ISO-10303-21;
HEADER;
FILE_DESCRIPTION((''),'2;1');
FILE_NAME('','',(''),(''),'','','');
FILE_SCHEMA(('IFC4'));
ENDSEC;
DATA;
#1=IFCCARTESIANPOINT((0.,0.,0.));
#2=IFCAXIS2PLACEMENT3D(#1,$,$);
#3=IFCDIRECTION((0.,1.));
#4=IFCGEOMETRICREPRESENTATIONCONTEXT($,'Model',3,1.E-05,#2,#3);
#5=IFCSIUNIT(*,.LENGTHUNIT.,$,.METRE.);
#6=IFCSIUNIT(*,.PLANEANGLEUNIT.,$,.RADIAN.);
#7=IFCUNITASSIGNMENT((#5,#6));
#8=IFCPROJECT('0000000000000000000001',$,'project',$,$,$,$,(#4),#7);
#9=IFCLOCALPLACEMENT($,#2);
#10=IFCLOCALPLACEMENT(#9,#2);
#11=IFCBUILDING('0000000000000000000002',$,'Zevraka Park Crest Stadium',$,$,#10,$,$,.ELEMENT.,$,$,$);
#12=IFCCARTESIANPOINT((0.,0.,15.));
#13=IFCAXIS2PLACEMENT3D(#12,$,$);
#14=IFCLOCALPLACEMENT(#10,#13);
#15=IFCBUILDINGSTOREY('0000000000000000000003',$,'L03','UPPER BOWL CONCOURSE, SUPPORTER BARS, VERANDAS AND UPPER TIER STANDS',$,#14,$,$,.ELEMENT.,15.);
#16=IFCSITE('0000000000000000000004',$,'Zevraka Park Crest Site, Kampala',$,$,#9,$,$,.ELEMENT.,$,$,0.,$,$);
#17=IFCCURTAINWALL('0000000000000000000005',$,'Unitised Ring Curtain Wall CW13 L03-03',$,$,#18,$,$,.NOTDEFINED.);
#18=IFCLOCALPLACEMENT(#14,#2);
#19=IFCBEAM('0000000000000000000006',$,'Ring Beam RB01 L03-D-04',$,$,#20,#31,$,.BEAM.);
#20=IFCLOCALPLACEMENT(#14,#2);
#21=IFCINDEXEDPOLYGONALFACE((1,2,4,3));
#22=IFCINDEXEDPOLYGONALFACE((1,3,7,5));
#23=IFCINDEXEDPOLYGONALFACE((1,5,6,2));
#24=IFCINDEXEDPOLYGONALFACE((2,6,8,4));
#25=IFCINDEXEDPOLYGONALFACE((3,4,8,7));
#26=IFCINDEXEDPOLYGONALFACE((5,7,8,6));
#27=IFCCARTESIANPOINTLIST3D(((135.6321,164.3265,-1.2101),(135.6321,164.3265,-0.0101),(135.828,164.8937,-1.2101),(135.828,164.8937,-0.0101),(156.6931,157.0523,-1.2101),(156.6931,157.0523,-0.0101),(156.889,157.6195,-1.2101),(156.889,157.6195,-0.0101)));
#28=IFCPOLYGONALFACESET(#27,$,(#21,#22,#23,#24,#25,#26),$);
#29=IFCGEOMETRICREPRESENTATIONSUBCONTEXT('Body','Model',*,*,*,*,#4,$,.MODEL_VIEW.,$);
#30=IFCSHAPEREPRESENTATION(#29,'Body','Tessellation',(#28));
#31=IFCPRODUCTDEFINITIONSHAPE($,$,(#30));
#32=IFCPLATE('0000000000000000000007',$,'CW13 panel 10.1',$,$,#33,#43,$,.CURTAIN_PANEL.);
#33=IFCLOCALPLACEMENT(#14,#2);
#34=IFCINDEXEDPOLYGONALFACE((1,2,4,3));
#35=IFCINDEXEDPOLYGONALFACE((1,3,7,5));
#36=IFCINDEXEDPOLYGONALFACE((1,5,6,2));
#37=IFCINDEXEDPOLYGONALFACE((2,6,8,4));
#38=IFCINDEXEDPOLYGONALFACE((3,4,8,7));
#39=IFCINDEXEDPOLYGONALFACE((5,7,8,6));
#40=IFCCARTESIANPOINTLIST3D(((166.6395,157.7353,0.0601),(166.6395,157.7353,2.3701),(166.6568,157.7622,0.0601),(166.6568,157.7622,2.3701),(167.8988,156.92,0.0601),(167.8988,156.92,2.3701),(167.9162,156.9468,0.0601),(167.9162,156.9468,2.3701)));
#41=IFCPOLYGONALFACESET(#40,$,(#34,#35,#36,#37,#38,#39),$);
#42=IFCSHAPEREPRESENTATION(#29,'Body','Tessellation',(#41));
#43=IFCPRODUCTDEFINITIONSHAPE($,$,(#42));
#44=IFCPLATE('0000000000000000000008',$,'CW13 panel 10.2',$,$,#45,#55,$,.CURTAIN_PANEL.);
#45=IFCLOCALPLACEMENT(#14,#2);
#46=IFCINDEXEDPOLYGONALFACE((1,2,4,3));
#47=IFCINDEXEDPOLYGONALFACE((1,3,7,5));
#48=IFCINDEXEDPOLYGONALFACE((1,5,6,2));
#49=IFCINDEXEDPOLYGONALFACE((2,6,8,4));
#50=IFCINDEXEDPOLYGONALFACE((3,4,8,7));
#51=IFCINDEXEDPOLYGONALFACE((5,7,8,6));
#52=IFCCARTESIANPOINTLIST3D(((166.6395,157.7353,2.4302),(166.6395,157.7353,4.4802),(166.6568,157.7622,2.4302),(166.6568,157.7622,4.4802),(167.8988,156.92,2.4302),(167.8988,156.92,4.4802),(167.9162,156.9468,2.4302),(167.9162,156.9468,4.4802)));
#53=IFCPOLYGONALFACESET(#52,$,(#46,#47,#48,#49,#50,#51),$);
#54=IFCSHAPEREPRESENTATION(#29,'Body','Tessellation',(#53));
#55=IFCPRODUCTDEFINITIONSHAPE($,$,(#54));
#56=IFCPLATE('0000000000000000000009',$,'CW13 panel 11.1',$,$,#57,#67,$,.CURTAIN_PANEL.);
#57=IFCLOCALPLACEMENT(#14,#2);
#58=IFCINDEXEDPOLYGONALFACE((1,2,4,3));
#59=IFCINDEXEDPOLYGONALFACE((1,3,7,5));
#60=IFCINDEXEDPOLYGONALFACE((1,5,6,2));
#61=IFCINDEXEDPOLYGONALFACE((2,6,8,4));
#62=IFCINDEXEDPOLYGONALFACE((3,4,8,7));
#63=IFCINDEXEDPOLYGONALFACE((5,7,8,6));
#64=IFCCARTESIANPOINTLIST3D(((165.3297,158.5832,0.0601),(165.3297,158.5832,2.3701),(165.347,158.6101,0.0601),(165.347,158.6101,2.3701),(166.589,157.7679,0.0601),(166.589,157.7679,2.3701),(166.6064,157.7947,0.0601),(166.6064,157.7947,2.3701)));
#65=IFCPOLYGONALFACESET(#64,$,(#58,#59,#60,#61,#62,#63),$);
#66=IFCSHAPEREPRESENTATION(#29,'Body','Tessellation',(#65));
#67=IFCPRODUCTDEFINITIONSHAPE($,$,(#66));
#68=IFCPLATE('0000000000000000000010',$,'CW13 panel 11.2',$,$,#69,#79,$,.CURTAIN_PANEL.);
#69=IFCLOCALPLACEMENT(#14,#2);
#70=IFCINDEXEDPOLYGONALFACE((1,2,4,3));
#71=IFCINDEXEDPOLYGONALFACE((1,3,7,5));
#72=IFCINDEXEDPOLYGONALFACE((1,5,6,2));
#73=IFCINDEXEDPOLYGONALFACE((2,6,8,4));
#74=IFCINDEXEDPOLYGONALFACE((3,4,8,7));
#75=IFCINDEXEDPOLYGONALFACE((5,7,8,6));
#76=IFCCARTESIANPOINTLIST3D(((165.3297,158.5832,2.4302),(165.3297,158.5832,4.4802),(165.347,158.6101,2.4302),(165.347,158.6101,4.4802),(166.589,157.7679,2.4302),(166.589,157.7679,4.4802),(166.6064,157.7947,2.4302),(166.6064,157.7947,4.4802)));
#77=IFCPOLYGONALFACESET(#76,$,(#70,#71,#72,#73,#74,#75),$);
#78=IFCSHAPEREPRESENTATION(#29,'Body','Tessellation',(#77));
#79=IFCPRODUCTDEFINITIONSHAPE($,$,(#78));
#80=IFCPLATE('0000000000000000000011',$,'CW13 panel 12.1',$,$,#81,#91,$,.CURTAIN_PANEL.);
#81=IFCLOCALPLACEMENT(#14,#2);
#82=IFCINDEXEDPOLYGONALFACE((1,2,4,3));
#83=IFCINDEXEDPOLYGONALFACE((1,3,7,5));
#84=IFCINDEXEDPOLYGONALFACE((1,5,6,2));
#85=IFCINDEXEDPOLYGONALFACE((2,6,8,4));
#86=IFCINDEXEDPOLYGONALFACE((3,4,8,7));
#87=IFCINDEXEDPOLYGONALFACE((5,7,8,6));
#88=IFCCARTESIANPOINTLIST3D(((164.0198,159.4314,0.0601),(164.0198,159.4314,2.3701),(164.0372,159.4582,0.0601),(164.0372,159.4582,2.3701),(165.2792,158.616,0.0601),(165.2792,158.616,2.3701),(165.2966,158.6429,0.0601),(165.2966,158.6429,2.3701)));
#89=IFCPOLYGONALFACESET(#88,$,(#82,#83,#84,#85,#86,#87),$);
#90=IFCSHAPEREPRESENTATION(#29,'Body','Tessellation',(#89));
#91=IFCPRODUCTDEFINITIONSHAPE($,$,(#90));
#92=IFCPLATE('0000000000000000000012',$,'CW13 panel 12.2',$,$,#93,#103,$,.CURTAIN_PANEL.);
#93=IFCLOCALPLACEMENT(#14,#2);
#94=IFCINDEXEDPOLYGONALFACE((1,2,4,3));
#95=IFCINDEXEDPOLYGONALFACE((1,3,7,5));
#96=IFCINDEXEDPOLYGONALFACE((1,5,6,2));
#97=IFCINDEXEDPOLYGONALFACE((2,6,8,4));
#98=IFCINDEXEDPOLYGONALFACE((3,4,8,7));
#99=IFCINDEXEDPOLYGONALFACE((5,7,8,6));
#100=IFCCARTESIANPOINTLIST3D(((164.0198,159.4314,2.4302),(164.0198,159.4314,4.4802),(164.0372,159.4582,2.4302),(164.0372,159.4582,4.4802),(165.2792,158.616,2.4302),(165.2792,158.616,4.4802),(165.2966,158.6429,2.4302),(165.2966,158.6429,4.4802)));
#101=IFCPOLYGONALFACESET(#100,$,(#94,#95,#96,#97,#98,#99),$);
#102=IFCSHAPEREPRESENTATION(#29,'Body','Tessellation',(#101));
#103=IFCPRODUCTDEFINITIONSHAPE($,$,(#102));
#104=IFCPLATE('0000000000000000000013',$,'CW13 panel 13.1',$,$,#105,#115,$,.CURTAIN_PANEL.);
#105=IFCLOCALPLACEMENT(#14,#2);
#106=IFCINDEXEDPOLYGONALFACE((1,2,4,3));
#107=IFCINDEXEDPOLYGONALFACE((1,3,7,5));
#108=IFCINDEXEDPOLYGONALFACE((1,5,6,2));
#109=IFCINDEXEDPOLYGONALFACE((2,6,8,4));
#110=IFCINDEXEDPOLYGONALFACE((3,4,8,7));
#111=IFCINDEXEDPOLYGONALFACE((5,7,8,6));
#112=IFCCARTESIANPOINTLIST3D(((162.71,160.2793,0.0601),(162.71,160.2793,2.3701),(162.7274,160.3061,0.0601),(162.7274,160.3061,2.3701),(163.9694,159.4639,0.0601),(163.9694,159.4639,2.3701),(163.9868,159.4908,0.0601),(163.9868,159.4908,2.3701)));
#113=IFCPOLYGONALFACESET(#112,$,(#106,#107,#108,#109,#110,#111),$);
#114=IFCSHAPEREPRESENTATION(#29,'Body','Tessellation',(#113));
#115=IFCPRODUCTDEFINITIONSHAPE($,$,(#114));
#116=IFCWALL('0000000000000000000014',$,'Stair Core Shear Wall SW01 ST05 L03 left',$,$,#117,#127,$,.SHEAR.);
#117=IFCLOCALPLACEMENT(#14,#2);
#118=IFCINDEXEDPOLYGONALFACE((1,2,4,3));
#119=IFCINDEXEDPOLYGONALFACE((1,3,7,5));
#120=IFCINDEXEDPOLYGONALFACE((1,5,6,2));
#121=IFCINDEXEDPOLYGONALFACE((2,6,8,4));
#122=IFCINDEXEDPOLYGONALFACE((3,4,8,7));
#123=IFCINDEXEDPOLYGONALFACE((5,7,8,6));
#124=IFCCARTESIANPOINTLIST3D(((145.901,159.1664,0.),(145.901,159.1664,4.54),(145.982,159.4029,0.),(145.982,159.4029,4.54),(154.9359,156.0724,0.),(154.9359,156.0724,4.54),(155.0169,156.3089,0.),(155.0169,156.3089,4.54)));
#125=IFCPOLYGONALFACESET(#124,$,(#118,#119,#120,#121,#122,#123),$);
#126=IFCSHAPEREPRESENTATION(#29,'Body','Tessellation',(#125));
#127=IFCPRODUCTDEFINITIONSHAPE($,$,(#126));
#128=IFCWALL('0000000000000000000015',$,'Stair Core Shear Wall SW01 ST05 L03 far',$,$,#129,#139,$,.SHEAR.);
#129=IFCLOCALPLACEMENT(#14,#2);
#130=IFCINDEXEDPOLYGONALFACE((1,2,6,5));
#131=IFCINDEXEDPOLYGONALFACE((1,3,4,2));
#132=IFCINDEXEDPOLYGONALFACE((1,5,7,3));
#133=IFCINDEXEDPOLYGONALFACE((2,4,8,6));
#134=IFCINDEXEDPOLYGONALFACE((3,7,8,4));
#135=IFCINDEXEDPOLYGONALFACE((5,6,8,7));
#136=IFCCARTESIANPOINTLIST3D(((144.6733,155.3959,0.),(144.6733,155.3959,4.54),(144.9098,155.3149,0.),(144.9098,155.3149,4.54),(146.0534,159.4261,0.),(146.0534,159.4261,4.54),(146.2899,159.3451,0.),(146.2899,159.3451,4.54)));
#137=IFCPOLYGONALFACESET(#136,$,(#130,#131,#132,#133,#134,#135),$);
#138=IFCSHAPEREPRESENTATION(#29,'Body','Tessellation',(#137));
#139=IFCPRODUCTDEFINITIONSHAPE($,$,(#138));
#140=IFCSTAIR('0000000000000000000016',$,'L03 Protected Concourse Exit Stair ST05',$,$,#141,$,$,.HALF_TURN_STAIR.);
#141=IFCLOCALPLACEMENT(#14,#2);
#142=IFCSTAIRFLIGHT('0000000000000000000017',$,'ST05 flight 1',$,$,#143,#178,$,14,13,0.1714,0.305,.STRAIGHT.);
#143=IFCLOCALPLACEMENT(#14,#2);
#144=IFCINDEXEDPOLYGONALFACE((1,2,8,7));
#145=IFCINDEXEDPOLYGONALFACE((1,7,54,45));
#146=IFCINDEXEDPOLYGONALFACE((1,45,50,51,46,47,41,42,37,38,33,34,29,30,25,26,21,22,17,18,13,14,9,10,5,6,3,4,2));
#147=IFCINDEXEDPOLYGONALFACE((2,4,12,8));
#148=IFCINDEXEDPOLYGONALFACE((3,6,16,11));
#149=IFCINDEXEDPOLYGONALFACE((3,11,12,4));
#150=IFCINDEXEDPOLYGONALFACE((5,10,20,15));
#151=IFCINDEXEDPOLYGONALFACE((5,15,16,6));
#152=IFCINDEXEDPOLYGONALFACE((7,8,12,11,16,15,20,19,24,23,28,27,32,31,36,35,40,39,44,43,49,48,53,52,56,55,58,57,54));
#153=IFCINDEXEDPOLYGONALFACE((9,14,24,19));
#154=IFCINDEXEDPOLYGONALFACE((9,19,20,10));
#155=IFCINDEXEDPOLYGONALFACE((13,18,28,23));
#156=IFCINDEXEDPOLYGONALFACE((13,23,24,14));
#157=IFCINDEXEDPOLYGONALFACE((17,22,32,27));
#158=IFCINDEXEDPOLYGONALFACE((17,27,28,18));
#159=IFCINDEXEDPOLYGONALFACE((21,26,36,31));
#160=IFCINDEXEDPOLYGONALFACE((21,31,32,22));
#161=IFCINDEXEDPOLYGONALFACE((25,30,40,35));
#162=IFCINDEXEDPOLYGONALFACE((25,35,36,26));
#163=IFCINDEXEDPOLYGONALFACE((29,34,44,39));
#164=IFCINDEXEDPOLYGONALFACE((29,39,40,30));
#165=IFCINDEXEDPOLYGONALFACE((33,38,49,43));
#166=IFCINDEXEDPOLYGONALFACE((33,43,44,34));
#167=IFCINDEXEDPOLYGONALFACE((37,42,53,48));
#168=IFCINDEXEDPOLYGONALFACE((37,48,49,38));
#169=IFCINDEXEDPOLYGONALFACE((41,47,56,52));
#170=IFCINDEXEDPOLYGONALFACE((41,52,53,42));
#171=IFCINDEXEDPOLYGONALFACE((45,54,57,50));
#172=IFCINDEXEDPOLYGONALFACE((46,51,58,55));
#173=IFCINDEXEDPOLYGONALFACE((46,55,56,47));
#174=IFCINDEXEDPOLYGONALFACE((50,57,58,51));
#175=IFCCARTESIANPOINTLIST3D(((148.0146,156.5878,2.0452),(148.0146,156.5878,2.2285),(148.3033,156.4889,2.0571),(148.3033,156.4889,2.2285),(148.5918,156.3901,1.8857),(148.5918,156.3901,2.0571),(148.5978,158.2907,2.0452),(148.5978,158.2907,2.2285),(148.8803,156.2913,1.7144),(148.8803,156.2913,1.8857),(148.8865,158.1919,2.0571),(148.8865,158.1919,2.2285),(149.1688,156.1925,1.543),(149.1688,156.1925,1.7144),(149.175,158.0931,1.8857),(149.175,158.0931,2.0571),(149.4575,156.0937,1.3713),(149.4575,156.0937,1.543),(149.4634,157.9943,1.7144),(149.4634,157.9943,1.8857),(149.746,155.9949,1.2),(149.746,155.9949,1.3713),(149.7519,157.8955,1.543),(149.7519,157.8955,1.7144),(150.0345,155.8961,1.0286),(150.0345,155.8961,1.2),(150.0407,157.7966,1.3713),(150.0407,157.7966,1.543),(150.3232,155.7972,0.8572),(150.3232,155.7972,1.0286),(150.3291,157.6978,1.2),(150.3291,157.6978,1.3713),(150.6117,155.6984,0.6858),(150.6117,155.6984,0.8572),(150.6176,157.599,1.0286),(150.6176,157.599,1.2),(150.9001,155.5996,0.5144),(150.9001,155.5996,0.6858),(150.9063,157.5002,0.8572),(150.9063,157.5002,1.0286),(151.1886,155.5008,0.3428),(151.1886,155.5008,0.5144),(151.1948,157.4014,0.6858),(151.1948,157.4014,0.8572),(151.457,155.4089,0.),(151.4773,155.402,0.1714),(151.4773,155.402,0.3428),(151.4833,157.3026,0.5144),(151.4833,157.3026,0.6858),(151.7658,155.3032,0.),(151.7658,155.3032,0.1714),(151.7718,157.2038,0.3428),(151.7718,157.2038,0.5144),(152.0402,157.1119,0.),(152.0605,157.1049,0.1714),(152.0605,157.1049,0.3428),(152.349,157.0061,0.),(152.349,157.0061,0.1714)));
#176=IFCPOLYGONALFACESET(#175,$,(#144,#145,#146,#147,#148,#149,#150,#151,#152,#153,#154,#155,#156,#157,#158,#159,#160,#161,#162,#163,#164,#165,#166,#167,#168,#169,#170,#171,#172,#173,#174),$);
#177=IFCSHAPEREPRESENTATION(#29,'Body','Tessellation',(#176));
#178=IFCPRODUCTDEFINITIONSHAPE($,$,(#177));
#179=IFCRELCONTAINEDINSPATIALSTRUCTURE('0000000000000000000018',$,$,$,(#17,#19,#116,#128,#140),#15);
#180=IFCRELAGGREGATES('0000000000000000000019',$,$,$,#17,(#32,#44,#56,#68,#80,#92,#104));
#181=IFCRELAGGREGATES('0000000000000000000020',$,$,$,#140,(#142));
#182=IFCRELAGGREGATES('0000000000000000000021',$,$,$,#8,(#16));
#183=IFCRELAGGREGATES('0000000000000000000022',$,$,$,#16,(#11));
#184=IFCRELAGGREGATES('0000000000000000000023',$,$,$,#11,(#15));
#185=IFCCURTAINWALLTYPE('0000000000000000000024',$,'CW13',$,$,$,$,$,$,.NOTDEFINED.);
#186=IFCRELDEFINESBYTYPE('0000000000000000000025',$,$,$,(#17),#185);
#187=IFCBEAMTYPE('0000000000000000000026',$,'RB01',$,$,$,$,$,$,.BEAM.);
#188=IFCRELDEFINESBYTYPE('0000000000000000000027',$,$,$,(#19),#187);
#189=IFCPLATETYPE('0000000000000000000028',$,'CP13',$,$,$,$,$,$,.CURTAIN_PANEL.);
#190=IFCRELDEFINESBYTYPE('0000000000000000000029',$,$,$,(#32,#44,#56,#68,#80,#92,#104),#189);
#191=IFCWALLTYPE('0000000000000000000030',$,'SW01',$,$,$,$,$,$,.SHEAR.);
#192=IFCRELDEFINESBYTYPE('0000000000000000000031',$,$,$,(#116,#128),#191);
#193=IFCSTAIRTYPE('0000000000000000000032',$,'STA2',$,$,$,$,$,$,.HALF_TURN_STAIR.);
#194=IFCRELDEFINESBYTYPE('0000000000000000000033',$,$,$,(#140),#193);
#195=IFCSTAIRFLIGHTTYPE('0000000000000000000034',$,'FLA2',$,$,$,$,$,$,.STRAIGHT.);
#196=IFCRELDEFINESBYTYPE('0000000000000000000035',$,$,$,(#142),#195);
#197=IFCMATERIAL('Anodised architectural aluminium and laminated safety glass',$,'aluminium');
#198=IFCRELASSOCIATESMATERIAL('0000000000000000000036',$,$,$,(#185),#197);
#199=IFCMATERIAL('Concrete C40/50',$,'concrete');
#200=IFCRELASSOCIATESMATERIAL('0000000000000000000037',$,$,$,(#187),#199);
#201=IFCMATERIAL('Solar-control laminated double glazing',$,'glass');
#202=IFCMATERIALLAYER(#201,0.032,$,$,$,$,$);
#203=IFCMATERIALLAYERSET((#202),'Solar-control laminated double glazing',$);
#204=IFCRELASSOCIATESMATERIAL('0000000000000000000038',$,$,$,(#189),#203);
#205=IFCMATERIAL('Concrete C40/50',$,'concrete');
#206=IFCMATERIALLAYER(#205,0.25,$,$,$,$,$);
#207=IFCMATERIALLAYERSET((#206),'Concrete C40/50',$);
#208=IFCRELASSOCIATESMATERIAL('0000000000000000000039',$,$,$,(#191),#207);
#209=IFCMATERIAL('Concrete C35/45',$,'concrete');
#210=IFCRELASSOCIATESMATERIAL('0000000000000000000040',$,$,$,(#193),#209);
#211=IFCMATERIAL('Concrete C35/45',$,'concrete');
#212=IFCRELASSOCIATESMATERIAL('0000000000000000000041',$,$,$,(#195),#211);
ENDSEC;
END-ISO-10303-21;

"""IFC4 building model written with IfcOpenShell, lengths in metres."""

from ifc_helpers import new_model, si_unit, direction, frame, frame_2d, origin, origin_2d, place, context, subcontext, project, spatial, polyline, rectangle, outline, extrude, material, layer, layer_set, material_profile, profile_set, type_object, element, aggregate, save


model = new_model("IFC4")

# Units and contexts
model_context = context("Model", 3, precision=1e-05, world=origin(), true_north=direction((0.0, 1.0)))
body_context = subcontext(model_context, "Body", "Model", "MODEL_VIEW")
ifc_project = project(units=[si_unit("LENGTHUNIT", "METRE"), si_unit("PLANEANGLEUNIT", "RADIAN")], contexts=[model_context])

# Site, building, storey
site_placement = place(None, origin())
site = spatial("IfcSite", under=ifc_project, at=site_placement, Name="Zevraka Park Crest Site, Kampala", CompositionType="ELEMENT", RefElevation=0.0)
building_placement = place(site_placement, origin())
building = spatial("IfcBuilding", under=site, at=building_placement, Name="Zevraka Park Crest Stadium", CompositionType="ELEMENT")
storey_placement = place(building_placement, frame((0.0, 0.0, 15.0)))
storey = spatial("IfcBuildingStorey", under=building, at=storey_placement, Name="L03", Description="UPPER BOWL CONCOURSE, SUPPORTER BARS, VERANDAS AND UPPER TIER STANDS", CompositionType="ELEMENT", Elevation=15.0)

# Curtain wall
ifc_material_1 = material(Name="Anodised architectural aluminium and laminated safety glass", Category="aluminium")
curtain_wall_type = type_object("IfcCurtainWallType", Name="CW13", PredefinedType="NOTDEFINED", material=ifc_material_1)
curtain_wall_placement = place(storey_placement, origin())
curtain_wall = element("IfcCurtainWall", 1, at=curtain_wall_placement, inside=storey, type_object=curtain_wall_type, Name="Unitised Ring Curtain Wall CW13 L03-03", PredefinedType="NOTDEFINED")

# Beam
ifc_material_2 = material(Name="Concrete C40/50", Category="concrete")
ifc_material_profile_1 = material_profile(ifc_material_2, rectangle(XDim=0.6001, YDim=1.2, at=origin_2d()), Name="RC 1200x600")
ifc_profile_set_1 = profile_set([ifc_material_profile_1], Name="Concrete C40/50")
beam_type_1 = type_object("IfcBeamType", Name="RB01", PredefinedType="BEAM", material=ifc_profile_set_1)
beam_1_placement = place(storey_placement, frame((156.791, 157.3359, -0.6101), z_axis=(-0.94521, 0.326462, 0.0), x_axis=(-0.326462, -0.94521, 0.0)))
element("IfcBeam", 2, at=beam_1_placement, inside=storey, type_object=beam_type_1, Name="Ring Beam RB01 L03-D-04", PredefinedType="BEAM", context=body_context, shape_type="SweptSolid", body=[
    extrude(rectangle(XDim=0.6001, YDim=1.2, at=origin_2d()), origin(), (0.0, 0.0, 1.0), 22.2817),
])

# Plates
ifc_material_3 = material(Name="Solar-control laminated double glazing", Category="glass")
ifc_layer_1 = layer(ifc_material_3, 0.032)
ifc_layer_set_1 = layer_set([ifc_layer_1], Name="Solar-control laminated double glazing")
plate_type = type_object("IfcPlateType", Name="CP13", PredefinedType="CURTAIN_PANEL", material=ifc_layer_set_1)
plate_1_placement = place(storey_placement, frame((167.2778, 157.3411, 0.0601), z_axis=(0.0, 0.0, 1.0), x_axis=(-0.839429, 0.543469, 0.0)))
plate_1 = element("IfcPlate", 3, at=plate_1_placement, type_object=plate_type, Name="CW13 panel 10.1", PredefinedType="CURTAIN_PANEL", context=body_context, shape_type="SweptSolid", body=[
    extrude(rectangle(XDim=1.5002, YDim=0.032, at=origin_2d()), origin(), (0.0, 0.0, 1.0), 2.3101),
])
plate_2_placement = place(storey_placement, frame((167.2778, 157.3411, 2.4302), z_axis=(0.0, 0.0, 1.0), x_axis=(-0.839429, 0.543469, 0.0)))
plate_2 = element("IfcPlate", 4, at=plate_2_placement, type_object=plate_type, Name="CW13 panel 10.2", PredefinedType="CURTAIN_PANEL", context=body_context, shape_type="SweptSolid", body=[
    extrude(rectangle(XDim=1.5002, YDim=0.032, at=origin_2d()), origin(), (0.0, 0.0, 1.0), 2.05),
])
plate_3_placement = place(storey_placement, frame((165.968, 158.189, 0.0601), z_axis=(0.0, 0.0, 1.0), x_axis=(-0.839429, 0.543469, 0.0)))
plate_3 = element("IfcPlate", 5, at=plate_3_placement, type_object=plate_type, Name="CW13 panel 11.1", PredefinedType="CURTAIN_PANEL", context=body_context, shape_type="SweptSolid", body=[
    extrude(rectangle(XDim=1.5002, YDim=0.032, at=origin_2d()), origin(), (0.0, 0.0, 1.0), 2.3101),
])
plate_4_placement = place(storey_placement, frame((165.968, 158.189, 2.4302), z_axis=(0.0, 0.0, 1.0), x_axis=(-0.839429, 0.543469, 0.0)))
plate_4 = element("IfcPlate", 6, at=plate_4_placement, type_object=plate_type, Name="CW13 panel 11.2", PredefinedType="CURTAIN_PANEL", context=body_context, shape_type="SweptSolid", body=[
    extrude(rectangle(XDim=1.5002, YDim=0.032, at=origin_2d()), origin(), (0.0, 0.0, 1.0), 2.05),
])
plate_5_placement = place(storey_placement, frame((164.6582, 159.0371, 0.0601), z_axis=(0.0, 0.0, 1.0), x_axis=(-0.839429, 0.543469, 0.0)))
plate_5 = element("IfcPlate", 7, at=plate_5_placement, type_object=plate_type, Name="CW13 panel 12.1", PredefinedType="CURTAIN_PANEL", context=body_context, shape_type="SweptSolid", body=[
    extrude(rectangle(XDim=1.5002, YDim=0.032, at=origin_2d()), origin(), (0.0, 0.0, 1.0), 2.3101),
])
plate_6_placement = place(storey_placement, frame((164.6582, 159.0371, 2.4302), z_axis=(0.0, 0.0, 1.0), x_axis=(-0.839429, 0.543469, 0.0)))
plate_6 = element("IfcPlate", 8, at=plate_6_placement, type_object=plate_type, Name="CW13 panel 12.2", PredefinedType="CURTAIN_PANEL", context=body_context, shape_type="SweptSolid", body=[
    extrude(rectangle(XDim=1.5002, YDim=0.032, at=origin_2d()), origin(), (0.0, 0.0, 1.0), 2.05),
])
plate_7_placement = place(storey_placement, frame((163.3484, 159.885, 0.0601), z_axis=(0.0, 0.0, 1.0), x_axis=(-0.839429, 0.543469, 0.0)))
plate_7 = element("IfcPlate", 9, at=plate_7_placement, type_object=plate_type, Name="CW13 panel 13.1", PredefinedType="CURTAIN_PANEL", context=body_context, shape_type="SweptSolid", body=[
    extrude(rectangle(XDim=1.5002, YDim=0.032, at=origin_2d()), origin(), (0.0, 0.0, 1.0), 2.3101),
])
aggregate(curtain_wall, [plate_1, plate_2, plate_3, plate_4, plate_5, plate_6, plate_7])

# Walls
ifc_material_4 = material(Name="Concrete C40/50", Category="concrete")
ifc_layer_2 = layer(ifc_material_4, 0.25)
ifc_layer_set_2 = layer_set([ifc_layer_2], Name="Concrete C40/50")
wall_type = type_object("IfcWallType", Name="SW01", PredefinedType="SHEAR", material=ifc_layer_set_2)
wall_1_placement = place(storey_placement, frame((154.9763, 156.1907, 0.0), z_axis=(0.0, 0.0, 1.0), x_axis=(-0.946064, 0.323979, 0.0)))
element("IfcWall", 10, at=wall_1_placement, inside=storey, type_object=wall_type, Name="Stair Core Shear Wall SW01 ST05 L03 left", PredefinedType="SHEAR", context=body_context, shape_type="SweptSolid", body=[
    extrude(rectangle(XDim=9.55, YDim=0.25, at=frame_2d((4.7749, 0.0))), origin(), (0.0, 0.0, 1.0), 4.54),
])
wall_2_placement = place(storey_placement, frame((146.1716, 159.3855, 0.0), z_axis=(0.0, 0.0, 1.0), x_axis=(-0.323971, -0.946067, 0.0)))
element("IfcWall", 11, at=wall_2_placement, inside=storey, type_object=wall_type, Name="Stair Core Shear Wall SW01 ST05 L03 far", PredefinedType="SHEAR", context=body_context, shape_type="SweptSolid", body=[
    extrude(rectangle(XDim=4.26, YDim=0.25, at=frame_2d((2.1299, 0.0))), origin(), (0.0, 0.0, 1.0), 4.54),
])

# Stair, stair flight
ifc_material_5 = material(Name="Concrete C35/45", Category="concrete")
stair_type = type_object("IfcStairType", Name="STA2", PredefinedType="HALF_TURN_STAIR", material=ifc_material_5)
stair_placement = place(storey_placement, origin())
stair = element("IfcStair", 12, at=stair_placement, inside=storey, type_object=stair_type, Name="L03 Protected Concourse Exit Stair ST05", PredefinedType="HALF_TURN_STAIR")
ifc_material_6 = material(Name="Concrete C35/45", Category="concrete")
stair_flight_type = type_object("IfcStairFlightType", Name="FLA2", PredefinedType="STRAIGHT", material=ifc_material_6)
stair_flight_1_placement = place(storey_placement, frame((152.0574, 156.1545, 0.0), z_axis=(0.0, 0.0, 1.0), x_axis=(-0.946066, 0.323974, 0.0)))
stair_flight_1 = element("IfcStairFlight", 13, at=stair_flight_1_placement, type_object=stair_flight_type, Name="ST05 flight 1", NumberOfRisers=14, NumberOfTreads=13, PredefinedType="STRAIGHT", RiserHeight=0.1714, TreadLength=0.305, context=body_context, shape_type="SweptSolid", body=[
    extrude(outline(polyline([(0.0, 0.0), (0.0, 0.1714), (0.3049, 0.1714), (0.3049, 0.3428), (0.6101, 0.3428), (0.6101, 0.5144), (0.915, 0.5144), (0.915, 0.6858), (1.22, 0.6858), (1.22, 0.8572), (1.5249, 0.8572), (1.5249, 1.0286), (1.8301, 1.0286), (1.8301, 1.2), (2.135, 1.2), (2.135, 1.3713), (2.4399, 1.3713), (2.4399, 1.543), (2.7451, 1.543), (2.7451, 1.7144), (3.05, 1.7144), (3.05, 1.8857), (3.355, 1.8857), (3.355, 2.0571), (3.6599, 2.0571), (3.6599, 2.2285), (3.9651, 2.2285), (3.9651, 2.3999), (3.9651, 2.0452), (0.3264, 0.0), (0.0, 0.0)])), frame((0.0, 0.8999, 0.0), z_axis=(0.0, -1.0, 0.0), x_axis=(1.0, 0.0, 0.0)), (0.0, 0.0, 1.0), 1.8),
])
aggregate(stair, [stair_flight_1])

save(model, "model.ifc")
